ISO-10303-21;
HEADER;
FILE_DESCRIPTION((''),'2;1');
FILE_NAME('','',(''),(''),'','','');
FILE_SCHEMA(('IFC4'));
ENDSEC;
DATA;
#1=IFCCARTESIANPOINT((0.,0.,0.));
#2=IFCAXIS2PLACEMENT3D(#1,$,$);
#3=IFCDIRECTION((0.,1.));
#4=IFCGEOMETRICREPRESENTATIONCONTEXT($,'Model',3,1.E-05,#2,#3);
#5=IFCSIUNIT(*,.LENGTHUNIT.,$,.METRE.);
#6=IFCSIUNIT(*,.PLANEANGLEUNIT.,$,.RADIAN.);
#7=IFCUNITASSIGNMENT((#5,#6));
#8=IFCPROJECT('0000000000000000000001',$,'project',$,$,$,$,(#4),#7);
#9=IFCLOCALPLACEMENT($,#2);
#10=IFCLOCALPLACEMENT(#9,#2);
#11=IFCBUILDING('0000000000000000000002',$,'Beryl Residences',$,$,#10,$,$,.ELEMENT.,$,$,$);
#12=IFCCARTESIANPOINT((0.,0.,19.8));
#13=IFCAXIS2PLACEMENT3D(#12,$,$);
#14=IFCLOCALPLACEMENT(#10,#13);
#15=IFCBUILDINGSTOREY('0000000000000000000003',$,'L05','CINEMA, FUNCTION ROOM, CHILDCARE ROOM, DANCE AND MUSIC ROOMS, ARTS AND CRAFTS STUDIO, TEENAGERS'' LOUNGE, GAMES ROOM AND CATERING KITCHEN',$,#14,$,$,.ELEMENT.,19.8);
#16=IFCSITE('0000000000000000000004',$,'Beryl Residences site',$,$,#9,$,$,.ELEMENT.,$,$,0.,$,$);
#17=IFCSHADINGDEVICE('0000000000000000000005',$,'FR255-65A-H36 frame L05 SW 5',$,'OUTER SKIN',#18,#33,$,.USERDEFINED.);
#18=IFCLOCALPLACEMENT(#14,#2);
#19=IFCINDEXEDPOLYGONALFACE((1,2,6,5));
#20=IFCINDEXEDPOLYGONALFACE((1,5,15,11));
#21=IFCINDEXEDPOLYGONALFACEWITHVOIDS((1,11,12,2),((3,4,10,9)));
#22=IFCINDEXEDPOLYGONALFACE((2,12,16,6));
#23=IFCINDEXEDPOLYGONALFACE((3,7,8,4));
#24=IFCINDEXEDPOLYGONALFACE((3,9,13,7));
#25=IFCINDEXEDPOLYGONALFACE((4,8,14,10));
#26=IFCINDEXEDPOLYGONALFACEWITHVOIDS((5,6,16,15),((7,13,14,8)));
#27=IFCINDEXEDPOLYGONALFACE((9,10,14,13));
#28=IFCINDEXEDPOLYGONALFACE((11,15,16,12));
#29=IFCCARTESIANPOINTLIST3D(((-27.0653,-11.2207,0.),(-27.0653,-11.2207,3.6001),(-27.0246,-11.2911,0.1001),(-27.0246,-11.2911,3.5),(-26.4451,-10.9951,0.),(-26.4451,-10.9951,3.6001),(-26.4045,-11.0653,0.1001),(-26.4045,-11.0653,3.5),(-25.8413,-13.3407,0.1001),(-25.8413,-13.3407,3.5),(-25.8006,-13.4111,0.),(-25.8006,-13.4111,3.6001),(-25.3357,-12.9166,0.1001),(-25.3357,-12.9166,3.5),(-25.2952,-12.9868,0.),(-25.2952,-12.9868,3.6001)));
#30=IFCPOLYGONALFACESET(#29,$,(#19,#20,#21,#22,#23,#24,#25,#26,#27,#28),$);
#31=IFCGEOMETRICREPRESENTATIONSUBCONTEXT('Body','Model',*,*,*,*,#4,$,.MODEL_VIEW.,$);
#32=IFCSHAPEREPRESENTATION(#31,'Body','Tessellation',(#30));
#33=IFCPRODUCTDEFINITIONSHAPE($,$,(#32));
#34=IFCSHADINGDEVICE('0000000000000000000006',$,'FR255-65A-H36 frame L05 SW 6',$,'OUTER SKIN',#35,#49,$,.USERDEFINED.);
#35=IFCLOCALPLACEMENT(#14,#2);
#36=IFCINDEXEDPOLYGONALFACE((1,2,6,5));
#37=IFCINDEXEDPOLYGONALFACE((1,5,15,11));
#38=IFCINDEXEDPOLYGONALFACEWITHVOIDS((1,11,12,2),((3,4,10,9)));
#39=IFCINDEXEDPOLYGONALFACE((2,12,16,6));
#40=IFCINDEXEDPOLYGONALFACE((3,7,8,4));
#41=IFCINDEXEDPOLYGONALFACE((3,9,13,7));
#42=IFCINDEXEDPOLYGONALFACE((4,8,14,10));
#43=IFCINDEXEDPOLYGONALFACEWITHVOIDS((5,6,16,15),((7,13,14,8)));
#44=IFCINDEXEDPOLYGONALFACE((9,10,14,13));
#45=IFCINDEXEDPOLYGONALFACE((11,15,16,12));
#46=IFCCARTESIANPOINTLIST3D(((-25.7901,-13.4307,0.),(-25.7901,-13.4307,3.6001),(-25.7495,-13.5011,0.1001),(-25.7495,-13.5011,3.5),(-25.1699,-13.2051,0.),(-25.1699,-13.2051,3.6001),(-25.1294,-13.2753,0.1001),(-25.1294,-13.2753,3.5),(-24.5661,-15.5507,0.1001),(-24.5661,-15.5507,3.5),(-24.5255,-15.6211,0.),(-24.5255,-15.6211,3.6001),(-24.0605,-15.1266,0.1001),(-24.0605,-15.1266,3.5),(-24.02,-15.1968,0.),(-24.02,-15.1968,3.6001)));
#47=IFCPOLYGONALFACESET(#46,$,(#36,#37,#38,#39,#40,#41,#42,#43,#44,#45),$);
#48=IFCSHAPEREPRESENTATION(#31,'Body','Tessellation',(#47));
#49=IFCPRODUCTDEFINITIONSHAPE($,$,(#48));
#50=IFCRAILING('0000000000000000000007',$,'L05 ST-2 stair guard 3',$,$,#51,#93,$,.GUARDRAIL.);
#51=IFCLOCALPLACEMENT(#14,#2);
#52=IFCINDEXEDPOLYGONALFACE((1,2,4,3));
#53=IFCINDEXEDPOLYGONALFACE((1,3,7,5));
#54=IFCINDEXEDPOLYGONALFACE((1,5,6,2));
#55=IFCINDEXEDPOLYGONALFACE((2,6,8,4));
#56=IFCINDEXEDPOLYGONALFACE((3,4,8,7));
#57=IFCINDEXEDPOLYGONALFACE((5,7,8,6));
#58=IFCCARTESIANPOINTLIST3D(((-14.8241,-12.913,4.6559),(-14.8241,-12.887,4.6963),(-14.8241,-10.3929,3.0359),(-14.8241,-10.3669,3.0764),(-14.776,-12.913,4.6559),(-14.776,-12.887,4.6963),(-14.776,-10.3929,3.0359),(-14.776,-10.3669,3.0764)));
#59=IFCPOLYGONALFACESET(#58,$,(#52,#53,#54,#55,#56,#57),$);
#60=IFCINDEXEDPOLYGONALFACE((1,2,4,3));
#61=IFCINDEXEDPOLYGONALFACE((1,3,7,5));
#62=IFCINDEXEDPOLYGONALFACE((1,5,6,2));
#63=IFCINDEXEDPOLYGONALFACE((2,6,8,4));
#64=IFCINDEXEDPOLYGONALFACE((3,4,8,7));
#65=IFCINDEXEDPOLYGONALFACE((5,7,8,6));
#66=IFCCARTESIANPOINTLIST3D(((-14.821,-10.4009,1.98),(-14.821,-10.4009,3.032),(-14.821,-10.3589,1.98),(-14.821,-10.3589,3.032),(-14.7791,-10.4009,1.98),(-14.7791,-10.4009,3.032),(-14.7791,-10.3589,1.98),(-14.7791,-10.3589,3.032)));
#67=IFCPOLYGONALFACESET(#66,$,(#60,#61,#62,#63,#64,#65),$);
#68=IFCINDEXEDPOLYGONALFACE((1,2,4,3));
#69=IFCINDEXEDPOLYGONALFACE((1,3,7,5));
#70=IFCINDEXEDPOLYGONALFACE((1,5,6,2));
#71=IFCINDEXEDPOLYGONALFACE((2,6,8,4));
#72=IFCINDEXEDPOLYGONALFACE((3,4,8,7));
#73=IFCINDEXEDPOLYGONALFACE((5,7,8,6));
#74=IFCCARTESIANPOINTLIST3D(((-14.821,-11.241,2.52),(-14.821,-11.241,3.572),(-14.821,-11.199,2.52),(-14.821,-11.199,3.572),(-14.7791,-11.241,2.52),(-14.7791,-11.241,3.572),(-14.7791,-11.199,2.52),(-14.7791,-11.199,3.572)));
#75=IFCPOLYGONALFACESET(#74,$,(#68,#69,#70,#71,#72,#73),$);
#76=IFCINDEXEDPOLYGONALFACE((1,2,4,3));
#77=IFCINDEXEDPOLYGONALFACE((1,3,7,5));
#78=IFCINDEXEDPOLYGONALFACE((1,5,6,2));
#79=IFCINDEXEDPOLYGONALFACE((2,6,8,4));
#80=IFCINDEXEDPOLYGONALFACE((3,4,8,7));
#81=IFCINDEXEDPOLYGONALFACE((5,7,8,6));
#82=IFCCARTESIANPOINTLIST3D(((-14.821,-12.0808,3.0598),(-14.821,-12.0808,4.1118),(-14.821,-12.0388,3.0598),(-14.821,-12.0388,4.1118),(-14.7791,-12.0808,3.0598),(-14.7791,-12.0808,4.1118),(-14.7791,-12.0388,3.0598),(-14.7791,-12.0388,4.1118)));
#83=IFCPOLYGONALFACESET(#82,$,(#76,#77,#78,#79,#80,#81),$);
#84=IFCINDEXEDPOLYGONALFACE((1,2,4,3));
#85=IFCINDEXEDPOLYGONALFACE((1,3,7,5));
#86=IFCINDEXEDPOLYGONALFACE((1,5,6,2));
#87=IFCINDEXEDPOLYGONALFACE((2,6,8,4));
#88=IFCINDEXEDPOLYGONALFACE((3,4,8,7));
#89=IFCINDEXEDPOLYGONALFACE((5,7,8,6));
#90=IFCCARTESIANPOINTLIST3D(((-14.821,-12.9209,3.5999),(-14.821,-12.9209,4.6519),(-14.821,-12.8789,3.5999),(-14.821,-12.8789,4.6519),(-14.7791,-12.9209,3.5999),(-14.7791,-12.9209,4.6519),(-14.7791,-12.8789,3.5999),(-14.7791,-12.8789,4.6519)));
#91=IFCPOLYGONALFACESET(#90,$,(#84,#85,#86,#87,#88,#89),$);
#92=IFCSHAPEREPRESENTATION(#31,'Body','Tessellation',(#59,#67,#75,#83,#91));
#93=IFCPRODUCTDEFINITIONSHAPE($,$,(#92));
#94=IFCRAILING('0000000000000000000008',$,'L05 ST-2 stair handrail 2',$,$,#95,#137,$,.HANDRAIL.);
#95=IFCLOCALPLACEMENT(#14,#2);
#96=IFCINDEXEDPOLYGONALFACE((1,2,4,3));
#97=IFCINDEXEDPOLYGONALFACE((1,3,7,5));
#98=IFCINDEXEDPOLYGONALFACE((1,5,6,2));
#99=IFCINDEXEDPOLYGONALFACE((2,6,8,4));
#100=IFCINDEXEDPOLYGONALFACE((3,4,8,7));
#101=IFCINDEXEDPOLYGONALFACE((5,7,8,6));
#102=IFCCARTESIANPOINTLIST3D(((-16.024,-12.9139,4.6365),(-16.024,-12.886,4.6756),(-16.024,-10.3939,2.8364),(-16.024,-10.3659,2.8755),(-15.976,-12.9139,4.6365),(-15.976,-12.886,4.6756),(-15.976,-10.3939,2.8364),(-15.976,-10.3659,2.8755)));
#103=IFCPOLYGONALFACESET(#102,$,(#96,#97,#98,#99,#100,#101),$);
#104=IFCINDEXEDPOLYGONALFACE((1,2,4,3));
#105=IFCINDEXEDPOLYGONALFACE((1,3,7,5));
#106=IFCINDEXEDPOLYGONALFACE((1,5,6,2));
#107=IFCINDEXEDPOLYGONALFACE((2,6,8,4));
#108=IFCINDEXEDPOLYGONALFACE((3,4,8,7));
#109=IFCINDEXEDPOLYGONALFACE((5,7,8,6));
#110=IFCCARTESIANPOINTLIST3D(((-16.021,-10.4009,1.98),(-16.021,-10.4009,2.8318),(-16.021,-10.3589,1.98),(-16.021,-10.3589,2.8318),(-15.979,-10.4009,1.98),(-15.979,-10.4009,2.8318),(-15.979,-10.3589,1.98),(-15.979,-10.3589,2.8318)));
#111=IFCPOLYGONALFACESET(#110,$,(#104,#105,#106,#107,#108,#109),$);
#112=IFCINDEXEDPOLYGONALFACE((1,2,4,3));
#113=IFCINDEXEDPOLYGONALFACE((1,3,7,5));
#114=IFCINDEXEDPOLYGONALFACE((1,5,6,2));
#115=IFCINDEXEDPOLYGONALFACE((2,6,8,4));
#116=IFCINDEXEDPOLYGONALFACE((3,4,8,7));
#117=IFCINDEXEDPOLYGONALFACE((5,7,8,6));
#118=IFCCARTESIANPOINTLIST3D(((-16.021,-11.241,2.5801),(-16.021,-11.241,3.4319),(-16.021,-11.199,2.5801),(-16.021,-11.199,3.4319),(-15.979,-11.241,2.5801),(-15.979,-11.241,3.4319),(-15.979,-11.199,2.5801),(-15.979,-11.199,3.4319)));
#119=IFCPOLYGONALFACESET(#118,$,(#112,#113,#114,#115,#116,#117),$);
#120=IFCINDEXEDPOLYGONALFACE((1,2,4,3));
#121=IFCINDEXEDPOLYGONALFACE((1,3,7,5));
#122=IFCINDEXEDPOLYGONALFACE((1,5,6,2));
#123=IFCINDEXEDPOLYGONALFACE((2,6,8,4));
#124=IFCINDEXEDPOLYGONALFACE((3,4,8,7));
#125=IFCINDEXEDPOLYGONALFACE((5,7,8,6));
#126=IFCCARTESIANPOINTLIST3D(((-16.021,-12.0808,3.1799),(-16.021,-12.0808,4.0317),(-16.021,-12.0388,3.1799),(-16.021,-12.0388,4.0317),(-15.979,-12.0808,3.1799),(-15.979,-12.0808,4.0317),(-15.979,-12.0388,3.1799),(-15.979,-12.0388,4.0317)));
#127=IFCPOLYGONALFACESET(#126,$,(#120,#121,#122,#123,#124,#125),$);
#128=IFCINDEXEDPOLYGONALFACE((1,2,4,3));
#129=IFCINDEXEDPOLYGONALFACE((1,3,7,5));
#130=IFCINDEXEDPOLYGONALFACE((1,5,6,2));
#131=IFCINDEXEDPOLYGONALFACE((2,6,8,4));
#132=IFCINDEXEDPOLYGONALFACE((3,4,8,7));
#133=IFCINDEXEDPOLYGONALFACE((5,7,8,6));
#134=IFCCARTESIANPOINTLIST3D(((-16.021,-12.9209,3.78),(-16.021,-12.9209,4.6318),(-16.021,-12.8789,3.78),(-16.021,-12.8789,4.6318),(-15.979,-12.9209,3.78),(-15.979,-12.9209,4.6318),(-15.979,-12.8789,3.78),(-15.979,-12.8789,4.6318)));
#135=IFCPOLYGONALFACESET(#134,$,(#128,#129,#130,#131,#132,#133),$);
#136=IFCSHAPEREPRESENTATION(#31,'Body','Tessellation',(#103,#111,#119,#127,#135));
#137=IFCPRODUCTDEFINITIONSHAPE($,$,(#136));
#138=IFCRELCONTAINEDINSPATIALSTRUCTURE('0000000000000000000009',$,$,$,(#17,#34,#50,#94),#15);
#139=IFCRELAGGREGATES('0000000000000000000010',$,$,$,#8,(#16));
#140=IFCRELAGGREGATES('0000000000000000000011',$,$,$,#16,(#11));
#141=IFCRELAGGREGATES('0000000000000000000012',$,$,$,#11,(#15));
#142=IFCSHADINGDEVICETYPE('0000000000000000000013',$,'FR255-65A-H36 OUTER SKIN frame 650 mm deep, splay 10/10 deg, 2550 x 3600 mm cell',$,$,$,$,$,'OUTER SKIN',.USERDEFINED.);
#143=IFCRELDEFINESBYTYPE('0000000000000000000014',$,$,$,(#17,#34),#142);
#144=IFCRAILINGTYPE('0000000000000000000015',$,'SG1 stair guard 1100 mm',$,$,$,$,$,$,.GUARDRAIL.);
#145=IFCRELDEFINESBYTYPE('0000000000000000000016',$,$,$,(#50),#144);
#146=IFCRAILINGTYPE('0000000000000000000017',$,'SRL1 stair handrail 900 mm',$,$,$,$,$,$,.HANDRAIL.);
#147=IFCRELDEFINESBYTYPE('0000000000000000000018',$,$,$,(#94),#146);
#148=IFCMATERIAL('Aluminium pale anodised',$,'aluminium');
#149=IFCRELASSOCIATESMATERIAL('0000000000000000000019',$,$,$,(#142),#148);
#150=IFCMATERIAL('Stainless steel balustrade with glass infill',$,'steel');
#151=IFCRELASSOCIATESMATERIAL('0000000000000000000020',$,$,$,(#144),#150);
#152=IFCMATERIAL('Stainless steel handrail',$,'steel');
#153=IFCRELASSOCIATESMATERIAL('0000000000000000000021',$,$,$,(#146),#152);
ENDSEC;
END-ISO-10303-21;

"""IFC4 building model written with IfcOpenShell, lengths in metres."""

from ifc_helpers import new_model, entity, si_unit, direction, frame, origin, origin_2d, place, context, subcontext, project, spatial, rectangle, extrude, source, transform, mapped, material, type_object, type_shapes, element, save


model = new_model("IFC4")

# Units and contexts
model_context = context("Model", 3, precision=1e-05, world=origin(), true_north=direction((0.0, 1.0)))
body_context = subcontext(model_context, "Body", "Model", "MODEL_VIEW")
ifc_project = project(units=[si_unit("LENGTHUNIT", "METRE"), si_unit("PLANEANGLEUNIT", "RADIAN")], contexts=[model_context])

# Site, building, storey
site_placement = place(None, origin())
site = spatial("IfcSite", under=ifc_project, at=site_placement, Name="Beryl Residences site", CompositionType="ELEMENT", RefElevation=0.0)
building_placement = place(site_placement, origin())
building = spatial("IfcBuilding", under=site, at=building_placement, Name="Beryl Residences", CompositionType="ELEMENT")
storey_placement = place(building_placement, frame((0.0, 0.0, 19.8)))
storey = spatial("IfcBuildingStorey", under=building, at=storey_placement, Name="L05", Description="CINEMA, FUNCTION ROOM, CHILDCARE ROOM, DANCE AND MUSIC ROOMS, ARTS AND CRAFTS STUDIO, TEENAGERS' LOUNGE, GAMES ROOM AND CATERING KITCHEN", CompositionType="ELEMENT", Elevation=19.8)

# Shading devices
ifc_material_1 = material(Name="Aluminium pale anodised", Category="aluminium")
shading_device_type = type_object("IfcShadingDeviceType", Name="FR255-65A-H36 OUTER SKIN frame 650 mm deep, splay 10/10 deg, 2550 x 3600 mm cell", ElementType="OUTER SKIN", PredefinedType="USERDEFINED", material=ifc_material_1)
cartesian_point_1 = entity("IfcCartesianPoint", [-1.1499, 0.0])
cartesian_point_2 = entity("IfcCartesianPoint", [-1.0688, 0.1001])
cartesian_point_3 = entity("IfcCartesianPoint", [-1.2646, 0.0])
cartesian_point_4 = entity("IfcCartesianPoint", [-1.1833, 0.1001])
shared_shape = source(origin(), body_context, "Body", "SweptSolid", [
    entity("IfcExtrudedAreaSolidTapered", entity("IfcArbitraryProfileDefWithVoids", "AREA", None, entity("IfcPolyline", [cartesian_point_1, entity("IfcCartesianPoint", [1.1499, 0.0]), entity("IfcCartesianPoint", [1.1499, 3.6001]), entity("IfcCartesianPoint", [-1.1499, 3.6001]), cartesian_point_1]), [entity("IfcPolyline", [cartesian_point_2, entity("IfcCartesianPoint", [1.0688, 0.1001]), entity("IfcCartesianPoint", [1.0688, 3.5]), entity("IfcCartesianPoint", [-1.0688, 3.5]), cartesian_point_2])]), entity("IfcAxis2Placement3D", entity("IfcCartesianPoint", [0.0, 0.0, 0.0]), entity("IfcDirection", [0.0, 1.0, 0.0]), entity("IfcDirection", [-1.0, 0.0, 0.0])), entity("IfcDirection", [0.0, 0.0, 1.0]), 0.6499, entity("IfcArbitraryProfileDefWithVoids", "AREA", None, entity("IfcPolyline", [cartesian_point_3, entity("IfcCartesianPoint", [1.2646, 0.0]), entity("IfcCartesianPoint", [1.2646, 3.6001]), entity("IfcCartesianPoint", [-1.2646, 3.6001]), cartesian_point_3]), [entity("IfcPolyline", [cartesian_point_4, entity("IfcCartesianPoint", [1.1833, 0.1001]), entity("IfcCartesianPoint", [1.1833, 3.5]), entity("IfcCartesianPoint", [-1.1833, 3.5]), cartesian_point_4])])),
])
type_shapes(shading_device_type, [shared_shape])
for number, where, z_axis, x_axis, name in (
    (1, (-25.8701, -11.991, 0.0), (0.0, 0.0, 1.0), (-0.5, 0.866025, 0.0), "FR255-65A-H36 frame L05 SW 5"),
    (2, (-24.595, -14.2009, 0.0), (0.0, 0.0, 1.0), (-0.5, 0.866025, 0.0), "FR255-65A-H36 frame L05 SW 6"),
):
    element("IfcShadingDevice", number, at=place(storey_placement, frame(where, z_axis=z_axis, x_axis=x_axis)), inside=storey, type_object=shading_device_type, Name=name, ObjectType="OUTER SKIN", PredefinedType="USERDEFINED", context=body_context, shape_type="MappedRepresentation", body=[
        mapped(shared_shape, transform((0.0, 0.0, 0.0))),
    ])

# Railings
ifc_material_2 = material(Name="Stainless steel balustrade with glass infill", Category="steel")
railing_type_1 = type_object("IfcRailingType", Name="SG1 stair guard 1100 mm", PredefinedType="GUARDRAIL", material=ifc_material_2)
railing_1_placement = place(storey_placement, frame((-14.8, -10.3799, 1.98)))
element("IfcRailing", 3, at=railing_1_placement, inside=storey, type_object=railing_type_1, Name="L05 ST-2 stair guard 3", PredefinedType="GUARDRAIL", context=body_context, shape_type="SweptSolid", body=[
    extrude(rectangle(XDim=0.0481, YDim=0.0481, at=origin_2d()), frame((0.0, 0.0, 1.0762), z_axis=(0.0, -0.8412, 0.540725), x_axis=(1.0, 0.0, 0.0)), (0.0, 0.0, 1.0), 2.9958),
    extrude(rectangle(XDim=0.042, YDim=0.042, at=origin_2d()), origin(), (0.0, 0.0, 1.0), 1.052),
    extrude(rectangle(XDim=0.042, YDim=0.042, at=origin_2d()), frame((0.0, -0.8401, 0.54)), (0.0, 0.0, 1.0), 1.052),
    extrude(rectangle(XDim=0.042, YDim=0.042, at=origin_2d()), frame((0.0, -1.6799, 1.0798)), (0.0, 0.0, 1.0), 1.052),
    extrude(rectangle(XDim=0.042, YDim=0.042, at=origin_2d()), frame((0.0, -2.52, 1.6199)), (0.0, 0.0, 1.0), 1.052),
])
ifc_material_3 = material(Name="Stainless steel handrail", Category="steel")
railing_type_2 = type_object("IfcRailingType", Name="SRL1 stair handrail 900 mm", PredefinedType="HANDRAIL", material=ifc_material_3)
railing_2_placement = place(storey_placement, frame((-16.0, -10.3799, 1.98)))
element("IfcRailing", 4, at=railing_2_placement, inside=storey, type_object=railing_type_2, Name="L05 ST-2 stair handrail 2", PredefinedType="HANDRAIL", context=body_context, shape_type="SweptSolid", body=[
    extrude(rectangle(XDim=0.0481, YDim=0.0481, at=origin_2d()), frame((0.0, 0.0, 0.876), z_axis=(0.0, -0.813728, 0.581246), x_axis=(1.0, 0.0, 0.0)), (0.0, 0.0, 1.0), 3.0969),
    extrude(rectangle(XDim=0.042, YDim=0.042, at=origin_2d()), origin(), (0.0, 0.0, 1.0), 0.8518),
    extrude(rectangle(XDim=0.042, YDim=0.042, at=origin_2d()), frame((0.0, -0.8401, 0.6001)), (0.0, 0.0, 1.0), 0.8518),
    extrude(rectangle(XDim=0.042, YDim=0.042, at=origin_2d()), frame((0.0, -1.6799, 1.2)), (0.0, 0.0, 1.0), 0.8518),
    extrude(rectangle(XDim=0.042, YDim=0.042, at=origin_2d()), frame((0.0, -2.52, 1.8)), (0.0, 0.0, 1.0), 0.8518),
])

save(model, "model.ifc")
